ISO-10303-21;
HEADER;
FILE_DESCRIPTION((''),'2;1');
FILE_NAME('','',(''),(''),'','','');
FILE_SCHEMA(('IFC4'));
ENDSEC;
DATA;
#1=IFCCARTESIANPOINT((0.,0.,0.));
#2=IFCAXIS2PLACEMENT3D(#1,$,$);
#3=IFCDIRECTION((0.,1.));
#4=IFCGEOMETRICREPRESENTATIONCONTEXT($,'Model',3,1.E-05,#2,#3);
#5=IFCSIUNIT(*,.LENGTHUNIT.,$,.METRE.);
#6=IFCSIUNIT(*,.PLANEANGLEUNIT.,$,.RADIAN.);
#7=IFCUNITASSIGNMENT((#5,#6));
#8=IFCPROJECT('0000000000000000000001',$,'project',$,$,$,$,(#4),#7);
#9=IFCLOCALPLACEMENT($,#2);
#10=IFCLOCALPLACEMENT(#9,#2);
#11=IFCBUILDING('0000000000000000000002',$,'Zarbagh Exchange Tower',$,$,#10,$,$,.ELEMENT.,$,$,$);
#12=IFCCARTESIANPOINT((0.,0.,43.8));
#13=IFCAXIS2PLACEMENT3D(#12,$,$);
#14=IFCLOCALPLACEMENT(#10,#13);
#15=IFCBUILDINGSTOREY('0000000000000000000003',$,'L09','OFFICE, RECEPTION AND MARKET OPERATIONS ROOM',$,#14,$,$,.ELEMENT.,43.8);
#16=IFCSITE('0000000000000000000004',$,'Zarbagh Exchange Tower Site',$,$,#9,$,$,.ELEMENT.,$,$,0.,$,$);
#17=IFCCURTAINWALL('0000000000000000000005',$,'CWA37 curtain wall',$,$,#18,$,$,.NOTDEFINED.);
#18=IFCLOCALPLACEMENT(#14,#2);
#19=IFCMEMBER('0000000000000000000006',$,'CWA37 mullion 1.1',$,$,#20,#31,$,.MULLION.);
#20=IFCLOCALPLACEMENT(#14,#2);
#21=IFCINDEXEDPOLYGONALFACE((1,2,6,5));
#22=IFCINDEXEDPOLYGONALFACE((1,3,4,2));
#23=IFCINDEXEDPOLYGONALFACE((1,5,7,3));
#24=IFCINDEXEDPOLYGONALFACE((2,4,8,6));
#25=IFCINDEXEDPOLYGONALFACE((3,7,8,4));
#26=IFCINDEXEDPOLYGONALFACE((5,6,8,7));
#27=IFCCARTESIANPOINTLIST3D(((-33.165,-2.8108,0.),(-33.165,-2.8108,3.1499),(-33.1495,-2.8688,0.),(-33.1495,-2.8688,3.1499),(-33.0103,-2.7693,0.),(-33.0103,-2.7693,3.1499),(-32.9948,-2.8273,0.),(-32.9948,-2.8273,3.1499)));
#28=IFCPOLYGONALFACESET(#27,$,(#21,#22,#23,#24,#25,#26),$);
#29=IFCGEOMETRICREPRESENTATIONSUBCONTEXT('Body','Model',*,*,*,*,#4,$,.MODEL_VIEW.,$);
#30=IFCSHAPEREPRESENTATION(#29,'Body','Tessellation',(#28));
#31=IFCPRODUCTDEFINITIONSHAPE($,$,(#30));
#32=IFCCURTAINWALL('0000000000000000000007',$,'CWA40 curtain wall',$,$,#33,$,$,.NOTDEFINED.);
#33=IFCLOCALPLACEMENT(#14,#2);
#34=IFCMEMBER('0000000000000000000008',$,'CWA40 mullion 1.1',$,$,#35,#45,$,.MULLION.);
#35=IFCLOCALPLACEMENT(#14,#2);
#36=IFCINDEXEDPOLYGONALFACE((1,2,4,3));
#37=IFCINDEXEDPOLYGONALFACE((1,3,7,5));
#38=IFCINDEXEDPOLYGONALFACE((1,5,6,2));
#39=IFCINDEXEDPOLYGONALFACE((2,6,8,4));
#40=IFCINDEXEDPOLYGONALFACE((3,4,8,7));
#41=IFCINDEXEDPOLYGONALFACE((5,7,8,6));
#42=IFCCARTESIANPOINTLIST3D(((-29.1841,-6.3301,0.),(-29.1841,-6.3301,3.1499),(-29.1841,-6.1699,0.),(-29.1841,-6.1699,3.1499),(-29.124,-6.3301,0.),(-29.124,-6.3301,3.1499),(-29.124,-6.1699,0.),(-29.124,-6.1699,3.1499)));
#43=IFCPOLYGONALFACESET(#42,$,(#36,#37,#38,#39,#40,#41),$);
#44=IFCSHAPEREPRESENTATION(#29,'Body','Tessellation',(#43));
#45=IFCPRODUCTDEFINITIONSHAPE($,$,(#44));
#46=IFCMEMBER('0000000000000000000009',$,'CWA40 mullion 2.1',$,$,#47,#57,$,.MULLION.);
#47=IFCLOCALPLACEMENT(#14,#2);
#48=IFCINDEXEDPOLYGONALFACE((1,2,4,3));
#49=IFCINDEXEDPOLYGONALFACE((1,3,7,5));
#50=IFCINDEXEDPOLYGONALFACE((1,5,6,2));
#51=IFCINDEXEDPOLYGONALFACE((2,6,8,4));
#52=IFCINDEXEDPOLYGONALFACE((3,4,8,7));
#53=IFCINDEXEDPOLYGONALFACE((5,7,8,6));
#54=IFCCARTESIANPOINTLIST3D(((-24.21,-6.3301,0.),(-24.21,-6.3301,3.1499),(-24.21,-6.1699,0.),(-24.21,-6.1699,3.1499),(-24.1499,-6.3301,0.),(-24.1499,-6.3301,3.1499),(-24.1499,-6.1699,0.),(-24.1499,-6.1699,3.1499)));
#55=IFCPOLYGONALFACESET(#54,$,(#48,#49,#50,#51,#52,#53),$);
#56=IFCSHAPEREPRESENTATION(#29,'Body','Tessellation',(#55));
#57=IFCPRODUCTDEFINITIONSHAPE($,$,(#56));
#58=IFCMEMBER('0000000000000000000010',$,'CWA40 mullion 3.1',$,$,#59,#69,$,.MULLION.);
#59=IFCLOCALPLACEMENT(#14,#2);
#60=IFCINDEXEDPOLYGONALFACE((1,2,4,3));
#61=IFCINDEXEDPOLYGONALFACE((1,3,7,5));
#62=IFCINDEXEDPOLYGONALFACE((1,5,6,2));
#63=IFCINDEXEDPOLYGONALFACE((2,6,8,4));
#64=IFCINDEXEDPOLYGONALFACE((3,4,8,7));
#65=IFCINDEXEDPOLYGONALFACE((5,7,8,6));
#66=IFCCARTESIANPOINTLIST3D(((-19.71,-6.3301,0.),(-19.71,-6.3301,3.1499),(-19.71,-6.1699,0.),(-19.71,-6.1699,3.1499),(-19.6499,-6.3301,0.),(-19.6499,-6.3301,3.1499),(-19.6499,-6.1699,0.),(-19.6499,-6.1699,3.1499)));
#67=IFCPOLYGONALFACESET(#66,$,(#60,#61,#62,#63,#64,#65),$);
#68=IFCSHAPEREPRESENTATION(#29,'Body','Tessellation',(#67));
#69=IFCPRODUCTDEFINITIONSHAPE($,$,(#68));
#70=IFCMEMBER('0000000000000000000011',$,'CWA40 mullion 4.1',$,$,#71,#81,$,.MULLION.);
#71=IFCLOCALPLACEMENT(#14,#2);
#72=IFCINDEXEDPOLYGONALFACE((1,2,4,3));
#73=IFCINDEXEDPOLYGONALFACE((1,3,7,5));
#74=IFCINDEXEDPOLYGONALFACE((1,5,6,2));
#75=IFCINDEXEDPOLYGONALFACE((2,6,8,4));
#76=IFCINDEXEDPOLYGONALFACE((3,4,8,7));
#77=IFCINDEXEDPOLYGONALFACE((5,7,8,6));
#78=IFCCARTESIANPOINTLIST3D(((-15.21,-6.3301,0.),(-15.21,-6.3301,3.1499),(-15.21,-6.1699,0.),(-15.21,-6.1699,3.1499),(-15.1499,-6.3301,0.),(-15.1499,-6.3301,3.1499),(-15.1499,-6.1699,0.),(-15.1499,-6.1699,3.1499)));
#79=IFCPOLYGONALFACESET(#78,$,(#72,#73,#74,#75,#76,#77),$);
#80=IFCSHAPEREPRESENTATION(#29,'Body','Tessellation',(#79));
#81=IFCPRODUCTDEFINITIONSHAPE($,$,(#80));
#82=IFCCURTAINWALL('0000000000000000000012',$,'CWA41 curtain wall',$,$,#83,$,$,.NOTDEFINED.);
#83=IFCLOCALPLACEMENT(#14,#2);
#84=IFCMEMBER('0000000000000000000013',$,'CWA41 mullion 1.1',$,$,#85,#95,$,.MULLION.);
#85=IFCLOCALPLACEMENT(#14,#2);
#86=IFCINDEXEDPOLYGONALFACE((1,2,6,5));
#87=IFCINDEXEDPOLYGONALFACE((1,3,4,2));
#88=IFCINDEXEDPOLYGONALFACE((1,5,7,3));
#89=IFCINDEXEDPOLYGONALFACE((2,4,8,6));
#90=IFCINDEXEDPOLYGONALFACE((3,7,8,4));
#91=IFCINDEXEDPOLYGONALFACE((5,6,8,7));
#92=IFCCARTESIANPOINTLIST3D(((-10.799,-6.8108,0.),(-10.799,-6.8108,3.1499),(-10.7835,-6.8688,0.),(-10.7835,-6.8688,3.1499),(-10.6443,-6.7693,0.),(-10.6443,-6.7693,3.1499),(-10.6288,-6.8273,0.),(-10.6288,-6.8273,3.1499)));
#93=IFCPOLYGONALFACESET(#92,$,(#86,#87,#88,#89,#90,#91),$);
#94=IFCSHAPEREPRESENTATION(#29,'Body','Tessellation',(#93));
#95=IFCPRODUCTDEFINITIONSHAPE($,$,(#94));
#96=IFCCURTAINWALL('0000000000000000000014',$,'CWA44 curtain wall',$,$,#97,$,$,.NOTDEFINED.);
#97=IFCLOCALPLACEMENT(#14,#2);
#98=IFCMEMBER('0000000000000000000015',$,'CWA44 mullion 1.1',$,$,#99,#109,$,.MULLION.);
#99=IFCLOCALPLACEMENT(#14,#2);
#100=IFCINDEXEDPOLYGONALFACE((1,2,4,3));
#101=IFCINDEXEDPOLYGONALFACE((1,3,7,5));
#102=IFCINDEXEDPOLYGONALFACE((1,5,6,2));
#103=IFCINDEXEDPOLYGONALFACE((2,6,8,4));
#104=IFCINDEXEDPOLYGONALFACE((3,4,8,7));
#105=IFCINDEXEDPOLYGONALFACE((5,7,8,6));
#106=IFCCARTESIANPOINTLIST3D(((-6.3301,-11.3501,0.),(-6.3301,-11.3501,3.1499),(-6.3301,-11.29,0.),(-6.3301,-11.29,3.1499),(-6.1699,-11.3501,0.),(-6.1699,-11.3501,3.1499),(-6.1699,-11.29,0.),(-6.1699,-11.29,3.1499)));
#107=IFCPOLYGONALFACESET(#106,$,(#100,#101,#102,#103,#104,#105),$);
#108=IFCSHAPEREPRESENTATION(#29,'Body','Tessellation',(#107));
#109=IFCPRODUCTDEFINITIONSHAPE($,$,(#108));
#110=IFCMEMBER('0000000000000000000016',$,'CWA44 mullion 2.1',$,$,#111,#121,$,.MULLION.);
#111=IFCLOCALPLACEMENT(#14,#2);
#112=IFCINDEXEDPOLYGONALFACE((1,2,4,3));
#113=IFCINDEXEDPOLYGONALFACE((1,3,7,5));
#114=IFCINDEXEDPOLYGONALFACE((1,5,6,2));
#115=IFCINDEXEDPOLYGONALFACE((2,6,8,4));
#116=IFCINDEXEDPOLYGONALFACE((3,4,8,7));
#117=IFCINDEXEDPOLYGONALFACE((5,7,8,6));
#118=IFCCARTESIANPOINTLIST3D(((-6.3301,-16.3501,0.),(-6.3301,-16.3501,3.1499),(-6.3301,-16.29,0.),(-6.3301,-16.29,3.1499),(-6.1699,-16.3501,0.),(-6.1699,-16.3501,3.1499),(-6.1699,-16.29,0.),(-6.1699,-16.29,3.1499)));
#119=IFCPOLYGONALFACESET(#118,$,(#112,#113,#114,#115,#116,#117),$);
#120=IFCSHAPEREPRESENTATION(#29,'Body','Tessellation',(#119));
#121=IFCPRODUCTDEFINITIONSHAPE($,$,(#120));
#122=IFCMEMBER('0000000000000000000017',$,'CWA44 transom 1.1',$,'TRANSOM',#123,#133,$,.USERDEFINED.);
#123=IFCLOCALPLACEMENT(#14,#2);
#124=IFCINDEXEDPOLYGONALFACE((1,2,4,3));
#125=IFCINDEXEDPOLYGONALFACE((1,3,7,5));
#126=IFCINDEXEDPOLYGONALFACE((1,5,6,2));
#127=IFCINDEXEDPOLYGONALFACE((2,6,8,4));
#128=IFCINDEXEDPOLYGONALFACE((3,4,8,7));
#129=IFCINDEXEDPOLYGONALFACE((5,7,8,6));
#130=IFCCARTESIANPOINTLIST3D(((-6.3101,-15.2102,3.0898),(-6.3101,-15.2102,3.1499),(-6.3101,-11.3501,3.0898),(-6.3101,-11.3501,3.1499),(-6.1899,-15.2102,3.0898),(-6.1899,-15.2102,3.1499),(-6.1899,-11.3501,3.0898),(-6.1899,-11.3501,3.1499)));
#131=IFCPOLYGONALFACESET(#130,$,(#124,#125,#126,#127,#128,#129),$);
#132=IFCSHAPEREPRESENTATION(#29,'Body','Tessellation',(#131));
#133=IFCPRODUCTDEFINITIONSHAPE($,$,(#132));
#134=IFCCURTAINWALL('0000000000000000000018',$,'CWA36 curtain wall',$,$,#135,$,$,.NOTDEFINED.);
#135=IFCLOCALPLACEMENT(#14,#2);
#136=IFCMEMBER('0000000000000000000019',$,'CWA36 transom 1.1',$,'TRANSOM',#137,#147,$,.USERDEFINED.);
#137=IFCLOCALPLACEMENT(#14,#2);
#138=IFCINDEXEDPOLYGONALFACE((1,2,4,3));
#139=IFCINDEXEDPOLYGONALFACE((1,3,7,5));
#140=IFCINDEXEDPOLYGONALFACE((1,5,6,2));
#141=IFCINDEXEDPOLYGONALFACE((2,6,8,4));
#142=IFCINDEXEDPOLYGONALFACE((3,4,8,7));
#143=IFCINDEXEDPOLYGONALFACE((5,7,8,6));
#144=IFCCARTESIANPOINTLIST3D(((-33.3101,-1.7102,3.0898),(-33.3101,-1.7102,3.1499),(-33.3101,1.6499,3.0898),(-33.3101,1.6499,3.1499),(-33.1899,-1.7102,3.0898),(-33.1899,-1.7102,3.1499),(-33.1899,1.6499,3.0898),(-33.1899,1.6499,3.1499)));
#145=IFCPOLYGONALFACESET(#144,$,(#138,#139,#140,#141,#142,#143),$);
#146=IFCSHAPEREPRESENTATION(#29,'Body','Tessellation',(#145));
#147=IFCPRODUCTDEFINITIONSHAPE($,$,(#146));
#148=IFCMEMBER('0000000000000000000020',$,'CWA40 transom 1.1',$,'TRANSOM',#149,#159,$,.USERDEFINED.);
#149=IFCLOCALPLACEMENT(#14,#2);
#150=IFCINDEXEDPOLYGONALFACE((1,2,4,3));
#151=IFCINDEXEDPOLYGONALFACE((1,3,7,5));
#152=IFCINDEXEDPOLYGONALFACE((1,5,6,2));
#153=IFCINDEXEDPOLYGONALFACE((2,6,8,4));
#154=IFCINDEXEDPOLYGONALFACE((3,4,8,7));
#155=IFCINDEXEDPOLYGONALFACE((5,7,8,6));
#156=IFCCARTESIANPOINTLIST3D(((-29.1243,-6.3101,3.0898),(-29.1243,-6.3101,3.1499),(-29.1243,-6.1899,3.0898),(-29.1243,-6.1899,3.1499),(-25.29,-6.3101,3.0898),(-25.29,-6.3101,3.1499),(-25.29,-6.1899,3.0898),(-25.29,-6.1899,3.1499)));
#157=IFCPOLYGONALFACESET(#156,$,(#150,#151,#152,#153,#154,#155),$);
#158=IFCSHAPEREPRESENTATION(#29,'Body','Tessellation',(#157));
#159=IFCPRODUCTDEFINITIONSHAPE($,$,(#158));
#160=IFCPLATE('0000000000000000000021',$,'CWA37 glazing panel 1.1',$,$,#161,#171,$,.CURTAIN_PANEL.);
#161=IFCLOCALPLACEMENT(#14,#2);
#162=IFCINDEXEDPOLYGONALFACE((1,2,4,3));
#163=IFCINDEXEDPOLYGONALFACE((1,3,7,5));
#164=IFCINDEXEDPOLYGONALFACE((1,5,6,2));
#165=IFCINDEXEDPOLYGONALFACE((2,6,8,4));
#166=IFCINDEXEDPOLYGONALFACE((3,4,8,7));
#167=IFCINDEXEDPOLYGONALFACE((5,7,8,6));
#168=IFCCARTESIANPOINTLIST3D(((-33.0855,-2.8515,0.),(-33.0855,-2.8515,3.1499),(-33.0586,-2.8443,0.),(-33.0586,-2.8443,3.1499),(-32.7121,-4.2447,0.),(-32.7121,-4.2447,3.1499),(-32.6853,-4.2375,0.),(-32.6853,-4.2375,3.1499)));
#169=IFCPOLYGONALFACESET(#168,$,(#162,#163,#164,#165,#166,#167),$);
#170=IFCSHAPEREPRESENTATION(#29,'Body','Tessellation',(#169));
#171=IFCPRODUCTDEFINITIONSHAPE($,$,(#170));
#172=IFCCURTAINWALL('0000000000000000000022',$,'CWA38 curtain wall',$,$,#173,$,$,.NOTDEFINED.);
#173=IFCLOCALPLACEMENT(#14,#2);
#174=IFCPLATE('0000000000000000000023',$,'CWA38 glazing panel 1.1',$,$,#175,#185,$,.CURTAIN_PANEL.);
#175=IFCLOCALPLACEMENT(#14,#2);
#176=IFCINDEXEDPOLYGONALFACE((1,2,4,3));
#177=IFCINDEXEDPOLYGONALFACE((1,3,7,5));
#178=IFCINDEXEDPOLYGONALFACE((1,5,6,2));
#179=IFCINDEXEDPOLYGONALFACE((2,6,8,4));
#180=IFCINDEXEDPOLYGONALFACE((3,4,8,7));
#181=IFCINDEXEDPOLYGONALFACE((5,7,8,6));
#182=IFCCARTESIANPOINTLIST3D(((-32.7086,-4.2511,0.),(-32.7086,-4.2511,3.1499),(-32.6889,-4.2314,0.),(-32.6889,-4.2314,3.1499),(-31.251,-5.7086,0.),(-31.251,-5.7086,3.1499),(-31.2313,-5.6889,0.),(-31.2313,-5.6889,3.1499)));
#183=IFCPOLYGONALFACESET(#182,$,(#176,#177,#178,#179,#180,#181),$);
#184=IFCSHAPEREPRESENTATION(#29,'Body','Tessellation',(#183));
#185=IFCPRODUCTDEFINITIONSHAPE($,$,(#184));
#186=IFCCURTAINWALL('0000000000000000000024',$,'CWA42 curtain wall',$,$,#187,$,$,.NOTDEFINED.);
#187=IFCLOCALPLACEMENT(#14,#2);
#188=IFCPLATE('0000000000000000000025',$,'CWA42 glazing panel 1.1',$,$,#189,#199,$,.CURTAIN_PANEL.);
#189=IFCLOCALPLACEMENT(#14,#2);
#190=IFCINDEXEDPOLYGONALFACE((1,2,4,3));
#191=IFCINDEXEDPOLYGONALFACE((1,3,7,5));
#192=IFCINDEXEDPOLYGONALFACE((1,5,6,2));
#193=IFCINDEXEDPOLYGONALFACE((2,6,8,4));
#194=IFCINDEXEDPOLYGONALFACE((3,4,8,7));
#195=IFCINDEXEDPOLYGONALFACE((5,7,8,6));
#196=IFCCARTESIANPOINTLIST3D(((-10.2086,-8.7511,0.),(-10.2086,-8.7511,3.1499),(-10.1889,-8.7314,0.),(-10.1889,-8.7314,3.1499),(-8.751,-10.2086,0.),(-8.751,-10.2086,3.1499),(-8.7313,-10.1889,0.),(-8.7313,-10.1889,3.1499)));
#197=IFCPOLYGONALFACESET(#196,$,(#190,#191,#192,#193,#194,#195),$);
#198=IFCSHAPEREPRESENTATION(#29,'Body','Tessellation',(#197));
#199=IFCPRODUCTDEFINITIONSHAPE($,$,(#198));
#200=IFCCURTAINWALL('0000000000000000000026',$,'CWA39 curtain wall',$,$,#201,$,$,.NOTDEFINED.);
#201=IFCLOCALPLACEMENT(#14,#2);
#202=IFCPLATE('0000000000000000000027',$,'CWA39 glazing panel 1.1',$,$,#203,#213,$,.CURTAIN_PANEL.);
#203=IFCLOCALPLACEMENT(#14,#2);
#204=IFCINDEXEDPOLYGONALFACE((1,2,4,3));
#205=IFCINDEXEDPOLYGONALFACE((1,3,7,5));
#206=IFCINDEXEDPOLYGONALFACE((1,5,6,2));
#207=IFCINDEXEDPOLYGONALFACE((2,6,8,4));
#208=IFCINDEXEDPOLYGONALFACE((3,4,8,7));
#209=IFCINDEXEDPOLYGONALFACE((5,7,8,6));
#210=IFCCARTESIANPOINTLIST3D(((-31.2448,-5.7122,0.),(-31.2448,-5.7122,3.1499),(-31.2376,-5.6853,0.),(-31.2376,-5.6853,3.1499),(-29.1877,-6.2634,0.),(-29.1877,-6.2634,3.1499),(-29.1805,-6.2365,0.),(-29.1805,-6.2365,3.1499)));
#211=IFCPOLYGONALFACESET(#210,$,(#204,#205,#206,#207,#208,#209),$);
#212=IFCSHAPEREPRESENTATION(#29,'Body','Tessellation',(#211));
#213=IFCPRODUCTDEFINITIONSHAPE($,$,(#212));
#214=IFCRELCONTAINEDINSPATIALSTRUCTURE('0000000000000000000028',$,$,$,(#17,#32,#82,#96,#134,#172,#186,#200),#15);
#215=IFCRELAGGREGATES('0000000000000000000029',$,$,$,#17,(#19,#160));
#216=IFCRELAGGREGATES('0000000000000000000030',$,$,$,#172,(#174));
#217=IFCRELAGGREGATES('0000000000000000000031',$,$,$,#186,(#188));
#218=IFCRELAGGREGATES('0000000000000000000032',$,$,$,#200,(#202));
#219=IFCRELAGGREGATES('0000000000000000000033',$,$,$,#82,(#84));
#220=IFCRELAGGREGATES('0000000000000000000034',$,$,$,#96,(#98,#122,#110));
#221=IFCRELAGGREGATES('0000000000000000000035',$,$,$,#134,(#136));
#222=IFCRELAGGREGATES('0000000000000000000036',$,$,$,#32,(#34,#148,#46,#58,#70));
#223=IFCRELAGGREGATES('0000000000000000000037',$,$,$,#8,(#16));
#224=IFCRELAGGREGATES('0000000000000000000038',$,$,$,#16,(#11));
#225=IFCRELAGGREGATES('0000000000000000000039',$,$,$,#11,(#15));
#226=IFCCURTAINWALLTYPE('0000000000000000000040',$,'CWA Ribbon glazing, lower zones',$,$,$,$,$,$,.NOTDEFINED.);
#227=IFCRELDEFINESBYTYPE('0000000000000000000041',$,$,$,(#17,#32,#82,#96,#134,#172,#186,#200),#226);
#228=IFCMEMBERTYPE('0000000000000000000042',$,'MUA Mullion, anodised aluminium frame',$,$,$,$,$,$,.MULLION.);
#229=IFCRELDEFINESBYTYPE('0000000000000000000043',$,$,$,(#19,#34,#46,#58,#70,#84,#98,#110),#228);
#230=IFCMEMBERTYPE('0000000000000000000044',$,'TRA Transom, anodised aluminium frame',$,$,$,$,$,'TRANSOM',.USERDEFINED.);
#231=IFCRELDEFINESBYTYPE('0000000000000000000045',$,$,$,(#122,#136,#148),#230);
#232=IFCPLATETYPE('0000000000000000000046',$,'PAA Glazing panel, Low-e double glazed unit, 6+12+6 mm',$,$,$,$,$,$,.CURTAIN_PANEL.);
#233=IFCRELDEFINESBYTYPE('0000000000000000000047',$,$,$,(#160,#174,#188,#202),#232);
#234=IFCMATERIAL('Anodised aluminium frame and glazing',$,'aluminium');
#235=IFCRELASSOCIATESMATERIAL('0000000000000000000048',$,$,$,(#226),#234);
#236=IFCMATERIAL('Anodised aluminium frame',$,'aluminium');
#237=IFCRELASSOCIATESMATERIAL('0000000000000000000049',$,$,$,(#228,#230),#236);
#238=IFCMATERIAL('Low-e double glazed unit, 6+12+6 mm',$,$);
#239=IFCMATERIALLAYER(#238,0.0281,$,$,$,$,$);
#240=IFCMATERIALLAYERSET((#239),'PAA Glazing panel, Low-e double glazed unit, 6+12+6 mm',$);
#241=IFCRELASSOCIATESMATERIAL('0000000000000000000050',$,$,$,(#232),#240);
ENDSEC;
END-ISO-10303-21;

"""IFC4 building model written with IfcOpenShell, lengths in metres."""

from ifc_helpers import new_model, si_unit, direction, frame, origin, place, context, subcontext, project, spatial, polyline, outline, extrude, source, transform, mapped, material, layer, layer_set, type_object, element, aggregate, save


model = new_model("IFC4")

# Units and contexts
model_context = context("Model", 3, precision=1e-05, world=origin(), true_north=direction((0.0, 1.0)))
body_context = subcontext(model_context, "Body", "Model", "MODEL_VIEW")
ifc_project = project(units=[si_unit("LENGTHUNIT", "METRE"), si_unit("PLANEANGLEUNIT", "RADIAN")], contexts=[model_context])

# Site, building, storey
site_placement = place(None, origin())
site = spatial("IfcSite", under=ifc_project, at=site_placement, Name="Zarbagh Exchange Tower Site", CompositionType="ELEMENT", RefElevation=0.0)
building_placement = place(site_placement, origin())
building = spatial("IfcBuilding", under=site, at=building_placement, Name="Zarbagh Exchange Tower", CompositionType="ELEMENT")
storey_placement = place(building_placement, frame((0.0, 0.0, 43.8)))
storey = spatial("IfcBuildingStorey", under=building, at=storey_placement, Name="L09", Description="OFFICE, RECEPTION AND MARKET OPERATIONS ROOM", CompositionType="ELEMENT", Elevation=43.8)

# Curtain wall, member
ifc_material_1 = material(Name="Anodised aluminium frame and glazing", Category="aluminium")
curtain_wall_type = type_object("IfcCurtainWallType", Name="CWA Ribbon glazing, lower zones", PredefinedType="NOTDEFINED", material=ifc_material_1)
curtain_wall_1_placement = place(storey_placement, origin())
curtain_wall_1 = element("IfcCurtainWall", 1, at=curtain_wall_1_placement, inside=storey, type_object=curtain_wall_type, Name="CWA37 curtain wall", PredefinedType="NOTDEFINED")
ifc_material_2 = material(Name="Anodised aluminium frame", Category="aluminium")
member_type_1 = type_object("IfcMemberType", Name="MUA Mullion, anodised aluminium frame", PredefinedType="MULLION", material=ifc_material_2)
shared_shape_1 = source(origin(), body_context, "Body", "SweptSolid", [
    extrude(outline(polyline([(0.0, -0.0801), (0.0601, -0.0801), (0.0601, 0.0801), (0.0, 0.0801), (0.0, -0.0801)])), origin(), (0.0, 0.0, 1.0), 3.1499),
])
placement = place(storey_placement, origin())
member_1 = element("IfcMember", 2, at=placement, type_object=member_type_1, Name="CWA37 mullion 1.1", PredefinedType="MULLION", context=body_context, shape_type="MappedRepresentation", body=[
    mapped(shared_shape_1, transform((-33.0876, -2.79, 0.0), x_axis=(0.258825, -0.965924, 0.0), y_axis=(0.965924, 0.258825, 0.0), z_axis=(0.0, 0.0, 1.0))),
])

# Curtain wall, members
curtain_wall_2_placement = place(storey_placement, origin())
curtain_wall_2 = element("IfcCurtainWall", 3, at=curtain_wall_2_placement, inside=storey, type_object=curtain_wall_type, Name="CWA40 curtain wall", PredefinedType="NOTDEFINED")
member_2 = element("IfcMember", 4, at=placement, type_object=member_type_1, Name="CWA40 mullion 1.1", PredefinedType="MULLION", context=body_context, shape_type="MappedRepresentation", body=[
    mapped(shared_shape_1, transform((-29.1841, -6.25, 0.0), x_axis=(1.0, 0.0, 0.0), y_axis=(0.0, 1.0, 0.0), z_axis=(0.0, 0.0, 1.0))),
])
member_3 = element("IfcMember", 5, at=placement, type_object=member_type_1, Name="CWA40 mullion 2.1", PredefinedType="MULLION", context=body_context, shape_type="MappedRepresentation", body=[
    mapped(shared_shape_1, transform((-24.21, -6.25, 0.0), x_axis=(1.0, 0.0, 0.0), y_axis=(0.0, 1.0, 0.0), z_axis=(0.0, 0.0, 1.0))),
])
member_4 = element("IfcMember", 6, at=placement, type_object=member_type_1, Name="CWA40 mullion 3.1", PredefinedType="MULLION", context=body_context, shape_type="MappedRepresentation", body=[
    mapped(shared_shape_1, transform((-19.71, -6.25, 0.0), x_axis=(1.0, 0.0, 0.0), y_axis=(0.0, 1.0, 0.0), z_axis=(0.0, 0.0, 1.0))),
])
member_5 = element("IfcMember", 7, at=placement, type_object=member_type_1, Name="CWA40 mullion 4.1", PredefinedType="MULLION", context=body_context, shape_type="MappedRepresentation", body=[
    mapped(shared_shape_1, transform((-15.21, -6.25, 0.0), x_axis=(1.0, 0.0, 0.0), y_axis=(0.0, 1.0, 0.0), z_axis=(0.0, 0.0, 1.0))),
])

# Curtain wall, member
curtain_wall_3_placement = place(storey_placement, origin())
curtain_wall_3 = element("IfcCurtainWall", 8, at=curtain_wall_3_placement, inside=storey, type_object=curtain_wall_type, Name="CWA41 curtain wall", PredefinedType="NOTDEFINED")
member_6 = element("IfcMember", 9, at=placement, type_object=member_type_1, Name="CWA41 mullion 1.1", PredefinedType="MULLION", context=body_context, shape_type="MappedRepresentation", body=[
    mapped(shared_shape_1, transform((-10.7217, -6.79, 0.0), x_axis=(0.258825, -0.965924, 0.0), y_axis=(0.965924, 0.258825, 0.0), z_axis=(0.0, 0.0, 1.0))),
])

# Curtain wall, members
curtain_wall_4_placement = place(storey_placement, origin())
curtain_wall_4 = element("IfcCurtainWall", 10, at=curtain_wall_4_placement, inside=storey, type_object=curtain_wall_type, Name="CWA44 curtain wall", PredefinedType="NOTDEFINED")
member_7 = element("IfcMember", 11, at=placement, type_object=member_type_1, Name="CWA44 mullion 1.1", PredefinedType="MULLION", context=body_context, shape_type="MappedRepresentation", body=[
    mapped(shared_shape_1, transform((-6.25, -11.29, 0.0), x_axis=(0.0, -1.0, 0.0), y_axis=(1.0, 0.0, 0.0), z_axis=(0.0, 0.0, 1.0))),
])
member_8 = element("IfcMember", 12, at=placement, type_object=member_type_1, Name="CWA44 mullion 2.1", PredefinedType="MULLION", context=body_context, shape_type="MappedRepresentation", body=[
    mapped(shared_shape_1, transform((-6.25, -16.29, 0.0), x_axis=(0.0, -1.0, 0.0), y_axis=(1.0, 0.0, 0.0), z_axis=(0.0, 0.0, 1.0))),
])
member_type_2 = type_object("IfcMemberType", Name="TRA Transom, anodised aluminium frame", ElementType="TRANSOM", PredefinedType="USERDEFINED", material=ifc_material_2)
shared_shape_2 = source(origin(), body_context, "Body", "SweptSolid", [
    extrude(outline(polyline([(-0.0601, -0.0601), (0.0, -0.0601), (0.0, 0.0601), (-0.0601, 0.0601), (-0.0601, -0.0601)])), origin(), (0.0, 0.0, 1.0), 3.8601),
])
member_9 = element("IfcMember", 13, at=placement, type_object=member_type_2, Name="CWA44 transom 1.1", ObjectType="TRANSOM", PredefinedType="USERDEFINED", context=body_context, shape_type="MappedRepresentation", body=[
    mapped(shared_shape_2, transform((-6.25, -11.3501, 3.1499), x_axis=(0.0, 0.0, 1.0), y_axis=(-1.0, 0.0, 0.0), z_axis=(0.0, -1.0, 0.0))),
])

# Curtain wall, member
curtain_wall_5_placement = place(storey_placement, origin())
curtain_wall_5 = element("IfcCurtainWall", 14, at=curtain_wall_5_placement, inside=storey, type_object=curtain_wall_type, Name="CWA36 curtain wall", PredefinedType="NOTDEFINED")
shared_shape_3 = source(origin(), body_context, "Body", "SweptSolid", [
    extrude(outline(polyline([(-0.0601, -0.0601), (0.0, -0.0601), (0.0, 0.0601), (-0.0601, 0.0601), (-0.0601, -0.0601)])), origin(), (0.0, 0.0, 1.0), 3.3601),
])
member_10 = element("IfcMember", 15, at=placement, type_object=member_type_2, Name="CWA36 transom 1.1", ObjectType="TRANSOM", PredefinedType="USERDEFINED", context=body_context, shape_type="MappedRepresentation", body=[
    mapped(shared_shape_3, transform((-33.25, 1.6499, 3.1499), x_axis=(0.0, 0.0, 1.0), y_axis=(-1.0, 0.0, 0.0), z_axis=(0.0, -1.0, 0.0))),
])

# Member
shared_shape_4 = source(origin(), body_context, "Body", "SweptSolid", [
    extrude(outline(polyline([(-0.0601, -0.0601), (0.0, -0.0601), (0.0, 0.0601), (-0.0601, 0.0601), (-0.0601, -0.0601)])), origin(), (0.0, 0.0, 1.0), 3.8342),
])
member_11 = element("IfcMember", 16, at=placement, type_object=member_type_2, Name="CWA40 transom 1.1", ObjectType="TRANSOM", PredefinedType="USERDEFINED", context=body_context, shape_type="MappedRepresentation", body=[
    mapped(shared_shape_4, transform((-29.1243, -6.25, 3.1499), x_axis=(0.0, 0.0, 1.0), y_axis=(0.0, -1.0, 0.0), z_axis=(1.0, 0.0, 0.0))),
])

# Plate
ifc_material_3 = material(Name="Low-e double glazed unit, 6+12+6 mm")
ifc_layer = layer(ifc_material_3, 0.0281)
ifc_layer_set = layer_set([ifc_layer], Name="PAA Glazing panel, Low-e double glazed unit, 6+12+6 mm")
plate_type = type_object("IfcPlateType", Name="PAA Glazing panel, Low-e double glazed unit, 6+12+6 mm", PredefinedType="CURTAIN_PANEL", material=ifc_layer_set)
shared_shape_5 = source(origin(), body_context, "Body", "SweptSolid", [
    extrude(outline(polyline([(0.0, -0.0139), (1.4424, -0.0139), (1.4424, 0.0139), (0.0, 0.0139), (0.0, -0.0139)])), origin(), (0.0, 0.0, 1.0), 3.1499),
])
plate_1 = element("IfcPlate", 17, at=placement, type_object=plate_type, Name="CWA37 glazing panel 1.1", PredefinedType="CURTAIN_PANEL", context=body_context, shape_type="MappedRepresentation", body=[
    mapped(shared_shape_5, transform((-33.072, -2.8479, 0.0), x_axis=(0.258825, -0.965924, 0.0), y_axis=(0.965924, 0.258825, 0.0), z_axis=(0.0, 0.0, 1.0))),
])
aggregate(curtain_wall_1, [member_1, plate_1])

# Curtain walls, plates
curtain_wall_6_placement = place(storey_placement, origin())
curtain_wall_6 = element("IfcCurtainWall", 18, at=curtain_wall_6_placement, inside=storey, type_object=curtain_wall_type, Name="CWA38 curtain wall", PredefinedType="NOTDEFINED")
shared_shape_6 = source(origin(), body_context, "Body", "SweptSolid", [
    extrude(outline(polyline([(0.0, -0.0139), (2.0613, -0.0139), (2.0613, 0.0139), (0.0, 0.0139), (0.0, -0.0139)])), origin(), (0.0, 0.0, 1.0), 3.1499),
])
plate_2 = element("IfcPlate", 19, at=placement, type_object=plate_type, Name="CWA38 glazing panel 1.1", PredefinedType="CURTAIN_PANEL", context=body_context, shape_type="MappedRepresentation", body=[
    mapped(shared_shape_6, transform((-32.6987, -4.2412, 0.0), x_axis=(0.707107, -0.707107, 0.0), y_axis=(0.707107, 0.707107, 0.0), z_axis=(0.0, 0.0, 1.0))),
])
aggregate(curtain_wall_6, [plate_2])
curtain_wall_7_placement = place(storey_placement, origin())
curtain_wall_7 = element("IfcCurtainWall", 20, at=curtain_wall_7_placement, inside=storey, type_object=curtain_wall_type, Name="CWA42 curtain wall", PredefinedType="NOTDEFINED")
plate_3 = element("IfcPlate", 21, at=placement, type_object=plate_type, Name="CWA42 glazing panel 1.1", PredefinedType="CURTAIN_PANEL", context=body_context, shape_type="MappedRepresentation", body=[
    mapped(shared_shape_6, transform((-10.1987, -8.7412, 0.0), x_axis=(0.707107, -0.707107, 0.0), y_axis=(0.707107, 0.707107, 0.0), z_axis=(0.0, 0.0, 1.0))),
])
aggregate(curtain_wall_7, [plate_3])
curtain_wall_8_placement = place(storey_placement, origin())
curtain_wall_8 = element("IfcCurtainWall", 22, at=curtain_wall_8_placement, inside=storey, type_object=curtain_wall_type, Name="CWA39 curtain wall", PredefinedType="NOTDEFINED")
shared_shape_7 = source(origin(), body_context, "Body", "SweptSolid", [
    extrude(outline(polyline([(0.0, -0.0139), (2.1296, -0.0139), (2.1296, 0.0139), (0.0, 0.0139), (0.0, -0.0139)])), origin(), (0.0, 0.0, 1.0), 3.1499),
])
plate_4 = element("IfcPlate", 23, at=placement, type_object=plate_type, Name="CWA39 glazing panel 1.1", PredefinedType="CURTAIN_PANEL", context=body_context, shape_type="MappedRepresentation", body=[
    mapped(shared_shape_7, transform((-31.2412, -5.6987, 0.0), x_axis=(0.965924, -0.258825, 0.0), y_axis=(0.258825, 0.965924, 0.0), z_axis=(0.0, 0.0, 1.0))),
])
aggregate(curtain_wall_8, [plate_4])

aggregate(curtain_wall_3, [member_6])

aggregate(curtain_wall_4, [member_7, member_9, member_8])
aggregate(curtain_wall_5, [member_10])
aggregate(curtain_wall_2, [member_2, member_11, member_3, member_4, member_5])

save(model, "model.ifc")
